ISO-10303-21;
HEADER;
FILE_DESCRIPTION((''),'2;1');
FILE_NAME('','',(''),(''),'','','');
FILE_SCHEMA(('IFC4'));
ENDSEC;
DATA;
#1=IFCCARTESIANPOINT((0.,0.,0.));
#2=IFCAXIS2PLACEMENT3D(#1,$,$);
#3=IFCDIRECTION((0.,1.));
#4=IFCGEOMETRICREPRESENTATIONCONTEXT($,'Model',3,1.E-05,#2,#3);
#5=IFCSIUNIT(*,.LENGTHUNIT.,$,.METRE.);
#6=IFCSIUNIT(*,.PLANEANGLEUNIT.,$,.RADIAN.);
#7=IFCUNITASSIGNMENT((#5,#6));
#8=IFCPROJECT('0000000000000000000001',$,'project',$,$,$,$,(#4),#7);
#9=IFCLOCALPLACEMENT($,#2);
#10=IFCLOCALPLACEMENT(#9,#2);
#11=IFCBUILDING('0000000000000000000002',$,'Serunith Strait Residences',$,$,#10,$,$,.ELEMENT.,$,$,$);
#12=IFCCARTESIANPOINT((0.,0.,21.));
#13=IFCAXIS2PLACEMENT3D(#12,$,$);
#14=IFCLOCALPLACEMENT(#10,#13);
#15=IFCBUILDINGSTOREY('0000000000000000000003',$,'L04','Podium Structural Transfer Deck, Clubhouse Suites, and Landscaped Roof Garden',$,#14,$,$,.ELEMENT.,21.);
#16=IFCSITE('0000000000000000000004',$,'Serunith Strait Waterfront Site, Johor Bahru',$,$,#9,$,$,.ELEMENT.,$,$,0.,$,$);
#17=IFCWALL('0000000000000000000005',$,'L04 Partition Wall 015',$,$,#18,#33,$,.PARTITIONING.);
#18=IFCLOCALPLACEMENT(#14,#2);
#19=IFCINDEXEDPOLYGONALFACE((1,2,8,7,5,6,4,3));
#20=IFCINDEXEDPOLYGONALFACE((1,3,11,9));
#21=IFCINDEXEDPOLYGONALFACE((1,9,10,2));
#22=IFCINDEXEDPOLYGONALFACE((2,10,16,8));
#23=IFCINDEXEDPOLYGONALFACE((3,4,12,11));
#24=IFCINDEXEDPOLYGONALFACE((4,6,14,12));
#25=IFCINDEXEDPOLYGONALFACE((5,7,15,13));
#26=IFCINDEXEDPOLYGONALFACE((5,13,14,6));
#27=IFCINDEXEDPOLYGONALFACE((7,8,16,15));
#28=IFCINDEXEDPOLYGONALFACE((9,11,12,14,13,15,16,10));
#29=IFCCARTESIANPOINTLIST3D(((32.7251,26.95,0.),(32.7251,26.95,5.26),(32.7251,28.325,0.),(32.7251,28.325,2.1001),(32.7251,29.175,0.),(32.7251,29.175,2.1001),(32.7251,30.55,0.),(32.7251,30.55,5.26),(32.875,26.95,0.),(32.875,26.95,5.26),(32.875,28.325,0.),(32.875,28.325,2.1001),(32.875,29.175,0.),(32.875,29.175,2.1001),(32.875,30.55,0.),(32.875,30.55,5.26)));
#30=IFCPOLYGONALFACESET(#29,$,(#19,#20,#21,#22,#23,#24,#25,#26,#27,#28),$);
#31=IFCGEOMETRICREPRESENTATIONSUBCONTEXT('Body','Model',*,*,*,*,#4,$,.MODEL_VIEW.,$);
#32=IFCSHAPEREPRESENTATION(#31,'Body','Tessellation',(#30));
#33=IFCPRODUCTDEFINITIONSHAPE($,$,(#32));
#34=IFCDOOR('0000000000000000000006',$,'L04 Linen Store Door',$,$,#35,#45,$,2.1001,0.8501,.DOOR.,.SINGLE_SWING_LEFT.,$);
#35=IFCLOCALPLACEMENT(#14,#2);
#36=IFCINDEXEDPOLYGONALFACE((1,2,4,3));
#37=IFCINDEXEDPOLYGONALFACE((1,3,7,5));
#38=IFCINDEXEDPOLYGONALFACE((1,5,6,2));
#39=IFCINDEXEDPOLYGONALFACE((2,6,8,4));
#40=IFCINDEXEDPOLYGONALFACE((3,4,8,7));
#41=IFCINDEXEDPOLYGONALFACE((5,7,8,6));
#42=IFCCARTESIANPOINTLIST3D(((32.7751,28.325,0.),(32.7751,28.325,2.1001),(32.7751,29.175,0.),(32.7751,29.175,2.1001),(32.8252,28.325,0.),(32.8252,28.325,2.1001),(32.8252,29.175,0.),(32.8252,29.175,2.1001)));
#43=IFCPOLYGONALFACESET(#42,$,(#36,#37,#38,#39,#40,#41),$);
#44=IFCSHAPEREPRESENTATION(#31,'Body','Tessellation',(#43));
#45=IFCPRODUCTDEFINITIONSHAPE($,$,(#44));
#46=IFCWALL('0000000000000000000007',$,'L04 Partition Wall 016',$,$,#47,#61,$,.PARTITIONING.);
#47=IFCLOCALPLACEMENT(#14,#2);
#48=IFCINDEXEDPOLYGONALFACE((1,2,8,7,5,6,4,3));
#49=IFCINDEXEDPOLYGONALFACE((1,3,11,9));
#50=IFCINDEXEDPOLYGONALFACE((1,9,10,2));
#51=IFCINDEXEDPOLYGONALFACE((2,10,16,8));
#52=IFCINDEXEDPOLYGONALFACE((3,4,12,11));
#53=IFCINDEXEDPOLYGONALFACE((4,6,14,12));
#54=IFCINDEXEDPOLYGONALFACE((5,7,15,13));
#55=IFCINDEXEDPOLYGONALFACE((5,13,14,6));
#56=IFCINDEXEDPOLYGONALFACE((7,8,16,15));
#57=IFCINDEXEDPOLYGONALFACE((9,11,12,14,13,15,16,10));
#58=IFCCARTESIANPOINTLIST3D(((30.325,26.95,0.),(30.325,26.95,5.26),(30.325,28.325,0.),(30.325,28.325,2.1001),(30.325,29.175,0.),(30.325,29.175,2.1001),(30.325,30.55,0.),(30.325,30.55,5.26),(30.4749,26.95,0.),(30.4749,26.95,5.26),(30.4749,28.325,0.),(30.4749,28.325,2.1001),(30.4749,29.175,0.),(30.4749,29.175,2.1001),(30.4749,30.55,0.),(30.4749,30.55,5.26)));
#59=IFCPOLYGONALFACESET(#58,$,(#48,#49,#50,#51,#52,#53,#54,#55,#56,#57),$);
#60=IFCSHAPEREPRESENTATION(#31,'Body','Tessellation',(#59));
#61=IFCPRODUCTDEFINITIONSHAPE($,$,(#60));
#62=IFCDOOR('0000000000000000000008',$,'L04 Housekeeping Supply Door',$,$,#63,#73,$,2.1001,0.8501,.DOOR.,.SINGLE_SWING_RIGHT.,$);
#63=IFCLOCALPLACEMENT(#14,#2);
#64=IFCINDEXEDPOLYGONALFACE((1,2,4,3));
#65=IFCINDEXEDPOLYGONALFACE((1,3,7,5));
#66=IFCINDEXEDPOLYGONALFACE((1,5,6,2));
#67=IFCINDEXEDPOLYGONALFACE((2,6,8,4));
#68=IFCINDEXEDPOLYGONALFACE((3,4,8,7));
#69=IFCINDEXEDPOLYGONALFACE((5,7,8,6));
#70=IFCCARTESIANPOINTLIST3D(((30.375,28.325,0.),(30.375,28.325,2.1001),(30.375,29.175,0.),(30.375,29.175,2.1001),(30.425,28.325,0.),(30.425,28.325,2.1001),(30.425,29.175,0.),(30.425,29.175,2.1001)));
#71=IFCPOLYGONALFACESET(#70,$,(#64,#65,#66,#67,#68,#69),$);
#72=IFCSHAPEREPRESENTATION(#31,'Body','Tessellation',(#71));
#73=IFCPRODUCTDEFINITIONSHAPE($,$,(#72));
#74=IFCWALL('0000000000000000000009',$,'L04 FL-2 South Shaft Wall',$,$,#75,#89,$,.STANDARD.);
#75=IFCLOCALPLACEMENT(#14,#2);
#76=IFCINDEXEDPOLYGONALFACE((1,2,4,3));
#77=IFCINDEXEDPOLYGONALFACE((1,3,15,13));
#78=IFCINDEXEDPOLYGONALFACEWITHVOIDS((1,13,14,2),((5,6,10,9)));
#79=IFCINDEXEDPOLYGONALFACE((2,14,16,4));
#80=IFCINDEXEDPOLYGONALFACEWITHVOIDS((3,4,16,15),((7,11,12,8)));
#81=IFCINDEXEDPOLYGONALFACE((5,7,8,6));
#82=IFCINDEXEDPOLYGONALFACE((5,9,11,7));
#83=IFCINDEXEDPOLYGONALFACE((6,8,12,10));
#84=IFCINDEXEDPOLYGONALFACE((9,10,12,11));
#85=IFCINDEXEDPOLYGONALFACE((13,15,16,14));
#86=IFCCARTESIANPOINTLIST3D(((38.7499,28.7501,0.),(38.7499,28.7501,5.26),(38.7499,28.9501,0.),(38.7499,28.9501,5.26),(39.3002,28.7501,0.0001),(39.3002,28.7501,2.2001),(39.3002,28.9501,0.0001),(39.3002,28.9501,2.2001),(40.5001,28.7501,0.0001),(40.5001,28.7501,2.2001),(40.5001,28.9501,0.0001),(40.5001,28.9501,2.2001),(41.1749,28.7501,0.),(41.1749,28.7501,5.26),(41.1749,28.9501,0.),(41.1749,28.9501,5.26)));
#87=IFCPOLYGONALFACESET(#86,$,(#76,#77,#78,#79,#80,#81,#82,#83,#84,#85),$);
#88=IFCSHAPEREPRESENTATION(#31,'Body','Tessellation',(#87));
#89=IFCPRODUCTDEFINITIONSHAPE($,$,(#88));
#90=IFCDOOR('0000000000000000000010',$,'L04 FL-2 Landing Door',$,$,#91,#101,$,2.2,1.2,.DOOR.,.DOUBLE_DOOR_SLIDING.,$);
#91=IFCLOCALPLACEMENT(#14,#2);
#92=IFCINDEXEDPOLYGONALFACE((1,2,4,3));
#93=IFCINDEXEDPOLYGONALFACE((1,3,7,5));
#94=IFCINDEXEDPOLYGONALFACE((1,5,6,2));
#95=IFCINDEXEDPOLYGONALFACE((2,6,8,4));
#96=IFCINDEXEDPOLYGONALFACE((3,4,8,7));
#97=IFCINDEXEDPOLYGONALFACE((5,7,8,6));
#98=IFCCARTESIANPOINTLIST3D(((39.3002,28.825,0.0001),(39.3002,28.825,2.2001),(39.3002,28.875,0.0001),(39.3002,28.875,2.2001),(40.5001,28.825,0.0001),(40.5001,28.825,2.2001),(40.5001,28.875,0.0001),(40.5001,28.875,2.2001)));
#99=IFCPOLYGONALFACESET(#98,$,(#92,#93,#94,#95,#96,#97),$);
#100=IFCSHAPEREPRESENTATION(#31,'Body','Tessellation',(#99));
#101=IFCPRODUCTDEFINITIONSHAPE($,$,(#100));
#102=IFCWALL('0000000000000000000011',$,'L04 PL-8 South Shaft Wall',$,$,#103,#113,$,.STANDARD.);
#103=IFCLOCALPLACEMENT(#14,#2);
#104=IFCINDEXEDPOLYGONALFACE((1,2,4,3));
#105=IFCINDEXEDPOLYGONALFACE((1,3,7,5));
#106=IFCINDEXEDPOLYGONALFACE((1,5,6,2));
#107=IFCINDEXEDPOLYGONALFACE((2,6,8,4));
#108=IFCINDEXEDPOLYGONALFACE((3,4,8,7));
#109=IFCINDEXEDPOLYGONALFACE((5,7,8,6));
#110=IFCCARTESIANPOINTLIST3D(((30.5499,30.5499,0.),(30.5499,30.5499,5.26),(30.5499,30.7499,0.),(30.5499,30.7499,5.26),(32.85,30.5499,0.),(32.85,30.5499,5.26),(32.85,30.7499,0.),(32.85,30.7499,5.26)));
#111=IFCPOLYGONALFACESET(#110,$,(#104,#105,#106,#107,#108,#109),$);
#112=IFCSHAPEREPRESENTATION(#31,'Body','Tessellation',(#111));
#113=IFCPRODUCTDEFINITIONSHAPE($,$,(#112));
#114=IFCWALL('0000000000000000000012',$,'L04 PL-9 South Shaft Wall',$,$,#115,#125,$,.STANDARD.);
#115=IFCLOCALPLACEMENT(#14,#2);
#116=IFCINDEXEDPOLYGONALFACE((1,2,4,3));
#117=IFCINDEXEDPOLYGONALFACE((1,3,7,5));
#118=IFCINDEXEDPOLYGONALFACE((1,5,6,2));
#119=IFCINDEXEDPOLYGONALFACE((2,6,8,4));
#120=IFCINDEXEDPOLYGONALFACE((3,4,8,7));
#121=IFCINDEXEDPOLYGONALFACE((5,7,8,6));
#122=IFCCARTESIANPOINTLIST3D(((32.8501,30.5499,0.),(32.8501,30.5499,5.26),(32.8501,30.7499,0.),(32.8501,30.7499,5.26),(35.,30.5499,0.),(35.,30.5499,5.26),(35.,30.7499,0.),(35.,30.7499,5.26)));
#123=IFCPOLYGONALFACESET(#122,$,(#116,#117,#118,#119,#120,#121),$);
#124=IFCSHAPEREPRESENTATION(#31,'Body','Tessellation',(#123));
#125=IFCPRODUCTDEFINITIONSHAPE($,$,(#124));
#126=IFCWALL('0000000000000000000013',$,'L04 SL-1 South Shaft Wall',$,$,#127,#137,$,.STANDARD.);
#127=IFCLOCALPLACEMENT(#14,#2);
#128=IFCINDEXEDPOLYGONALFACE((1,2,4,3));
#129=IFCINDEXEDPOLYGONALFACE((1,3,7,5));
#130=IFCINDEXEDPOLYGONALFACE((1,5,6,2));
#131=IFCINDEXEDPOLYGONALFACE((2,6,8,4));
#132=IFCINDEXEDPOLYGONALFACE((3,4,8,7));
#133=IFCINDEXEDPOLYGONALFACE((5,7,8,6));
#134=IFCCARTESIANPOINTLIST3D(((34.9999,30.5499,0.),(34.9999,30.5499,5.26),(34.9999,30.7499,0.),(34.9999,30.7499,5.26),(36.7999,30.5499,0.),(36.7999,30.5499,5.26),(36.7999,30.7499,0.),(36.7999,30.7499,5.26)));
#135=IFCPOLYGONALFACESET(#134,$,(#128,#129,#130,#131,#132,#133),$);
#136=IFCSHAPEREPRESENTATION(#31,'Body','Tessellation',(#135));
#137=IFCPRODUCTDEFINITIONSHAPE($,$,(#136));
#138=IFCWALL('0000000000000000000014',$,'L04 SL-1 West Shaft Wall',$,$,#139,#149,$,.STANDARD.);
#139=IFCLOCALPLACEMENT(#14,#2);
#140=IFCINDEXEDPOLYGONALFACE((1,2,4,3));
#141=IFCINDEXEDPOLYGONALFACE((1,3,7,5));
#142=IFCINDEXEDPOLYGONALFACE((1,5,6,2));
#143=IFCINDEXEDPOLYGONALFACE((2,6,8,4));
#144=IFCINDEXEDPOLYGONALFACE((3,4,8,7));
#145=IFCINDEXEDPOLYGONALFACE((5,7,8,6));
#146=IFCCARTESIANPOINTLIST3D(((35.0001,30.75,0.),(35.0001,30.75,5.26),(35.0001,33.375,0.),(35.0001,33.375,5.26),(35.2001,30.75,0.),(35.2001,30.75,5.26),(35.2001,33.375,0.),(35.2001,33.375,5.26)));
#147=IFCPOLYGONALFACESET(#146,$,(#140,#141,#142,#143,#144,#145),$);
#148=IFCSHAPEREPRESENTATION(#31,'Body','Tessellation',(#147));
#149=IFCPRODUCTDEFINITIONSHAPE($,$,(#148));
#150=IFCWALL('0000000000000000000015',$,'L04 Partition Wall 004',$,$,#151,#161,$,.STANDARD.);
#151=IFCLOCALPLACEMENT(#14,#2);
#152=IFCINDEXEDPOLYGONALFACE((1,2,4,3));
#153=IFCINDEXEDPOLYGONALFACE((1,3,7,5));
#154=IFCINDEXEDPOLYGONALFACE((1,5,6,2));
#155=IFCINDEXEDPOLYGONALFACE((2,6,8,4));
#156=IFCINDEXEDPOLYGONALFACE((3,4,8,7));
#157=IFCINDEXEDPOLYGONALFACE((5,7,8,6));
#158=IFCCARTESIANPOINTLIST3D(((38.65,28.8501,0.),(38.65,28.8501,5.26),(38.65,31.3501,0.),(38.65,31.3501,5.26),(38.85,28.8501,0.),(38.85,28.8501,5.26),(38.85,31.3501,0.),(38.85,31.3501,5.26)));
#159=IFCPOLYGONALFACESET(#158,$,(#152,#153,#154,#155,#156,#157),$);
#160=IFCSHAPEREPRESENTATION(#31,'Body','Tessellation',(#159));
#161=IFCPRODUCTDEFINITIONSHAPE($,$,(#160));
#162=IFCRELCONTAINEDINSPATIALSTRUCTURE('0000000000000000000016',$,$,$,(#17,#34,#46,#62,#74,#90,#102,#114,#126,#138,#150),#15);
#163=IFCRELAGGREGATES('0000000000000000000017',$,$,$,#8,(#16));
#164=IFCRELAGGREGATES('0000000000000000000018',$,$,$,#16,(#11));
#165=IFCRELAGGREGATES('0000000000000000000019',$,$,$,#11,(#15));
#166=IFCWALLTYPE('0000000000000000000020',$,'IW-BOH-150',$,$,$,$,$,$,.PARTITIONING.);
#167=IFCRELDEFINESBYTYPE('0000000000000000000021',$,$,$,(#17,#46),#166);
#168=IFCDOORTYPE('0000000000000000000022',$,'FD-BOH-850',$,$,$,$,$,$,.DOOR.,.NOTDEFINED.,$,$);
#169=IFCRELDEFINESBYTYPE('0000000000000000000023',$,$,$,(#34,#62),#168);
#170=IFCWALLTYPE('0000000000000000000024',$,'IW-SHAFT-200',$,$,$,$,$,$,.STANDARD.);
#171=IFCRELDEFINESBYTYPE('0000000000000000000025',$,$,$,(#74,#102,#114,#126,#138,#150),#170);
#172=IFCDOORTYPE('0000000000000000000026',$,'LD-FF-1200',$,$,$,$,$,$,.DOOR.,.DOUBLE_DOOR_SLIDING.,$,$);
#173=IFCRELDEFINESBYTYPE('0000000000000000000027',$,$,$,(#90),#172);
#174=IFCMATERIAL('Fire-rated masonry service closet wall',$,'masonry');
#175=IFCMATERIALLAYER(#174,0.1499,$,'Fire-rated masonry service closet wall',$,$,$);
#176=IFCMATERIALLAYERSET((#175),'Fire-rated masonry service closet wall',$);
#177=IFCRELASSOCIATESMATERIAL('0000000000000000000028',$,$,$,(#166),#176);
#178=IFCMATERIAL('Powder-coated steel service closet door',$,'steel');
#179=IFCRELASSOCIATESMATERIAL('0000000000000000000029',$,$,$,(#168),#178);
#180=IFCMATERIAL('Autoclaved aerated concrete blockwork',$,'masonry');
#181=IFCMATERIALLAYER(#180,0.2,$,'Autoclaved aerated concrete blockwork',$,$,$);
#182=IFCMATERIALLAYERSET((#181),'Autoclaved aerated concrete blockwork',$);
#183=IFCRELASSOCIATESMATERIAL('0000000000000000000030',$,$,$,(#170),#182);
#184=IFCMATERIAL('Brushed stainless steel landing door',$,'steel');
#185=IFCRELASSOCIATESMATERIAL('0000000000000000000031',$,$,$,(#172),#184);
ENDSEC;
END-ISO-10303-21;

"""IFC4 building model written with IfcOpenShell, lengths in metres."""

from ifc_helpers import new_model, si_unit, direction, frame, frame_2d, origin, place, context, subcontext, project, spatial, rectangle, extrude, source, transform, mapped, material, layer, layer_set, type_object, element, fill, save


model = new_model("IFC4")

# Units and contexts
model_context = context("Model", 3, precision=1e-05, world=origin(), true_north=direction((0.0, 1.0)))
body_context = subcontext(model_context, "Body", "Model", "MODEL_VIEW")
ifc_project = project(units=[si_unit("LENGTHUNIT", "METRE"), si_unit("PLANEANGLEUNIT", "RADIAN")], contexts=[model_context])

# Site, building, storey
site_placement = place(None, origin())
site = spatial("IfcSite", under=ifc_project, at=site_placement, Name="Serunith Strait Waterfront Site, Johor Bahru", CompositionType="ELEMENT", RefElevation=0.0)
building_placement = place(site_placement, origin())
building = spatial("IfcBuilding", under=site, at=building_placement, Name="Serunith Strait Residences", CompositionType="ELEMENT")
storey_placement = place(building_placement, frame((0.0, 0.0, 21.0)))
storey = spatial("IfcBuildingStorey", under=building, at=storey_placement, Name="L04", Description="Podium Structural Transfer Deck, Clubhouse Suites, and Landscaped Roof Garden", CompositionType="ELEMENT", Elevation=21.0)

# Walls, openings, doors
ifc_material_1 = material(Name="Fire-rated masonry service closet wall", Category="masonry")
ifc_layer_1 = layer(ifc_material_1, 0.1499, Name="Fire-rated masonry service closet wall")
ifc_layer_set_1 = layer_set([ifc_layer_1], Name="Fire-rated masonry service closet wall")
wall_type_1 = type_object("IfcWallType", Name="IW-BOH-150", PredefinedType="PARTITIONING", material=ifc_layer_set_1)
wall_1_placement = place(storey_placement, frame((32.8, 26.95, 0.0), z_axis=(0.0, 0.0, 1.0), x_axis=(0.0, 1.0, 0.0)))
wall_1 = element("IfcWall", 1, at=wall_1_placement, inside=storey, type_object=wall_type_1, Name="L04 Partition Wall 015", PredefinedType="PARTITIONING", context=body_context, shape_type="SweptSolid", body=[
    extrude(rectangle(XDim=3.6001, YDim=0.1499, at=frame_2d((1.8, 0.0))), origin(), (0.0, 0.0, 1.0), 5.26),
])
opening_1_placement = place(wall_1_placement, frame((1.375, 0.0, 0.0)))
opening_1 = element("IfcOpeningElement", 2, at=opening_1_placement, cuts=wall_1, PredefinedType="OPENING", context=body_context, shape_type="SweptSolid", body=[
    extrude(rectangle(XDim=0.8501, YDim=2.1001, at=frame_2d((0.425, 1.05))), frame((0.0, 0.085, 0.0), z_axis=(0.0, -1.0, 0.0), x_axis=(1.0, 0.0, 0.0)), (0.0, 0.0, 1.0), 0.1699),
])
ifc_material_2 = material(Name="Powder-coated steel service closet door", Category="steel")
door_type_1 = type_object("IfcDoorType", Name="FD-BOH-850", OperationType="NOTDEFINED", PredefinedType="DOOR", material=ifc_material_2)
shared_shape_1 = source(origin(), body_context, "Body", "SweptSolid", [
    extrude(rectangle(XDim=0.8501, YDim=2.1001, at=frame_2d((0.425, 1.05))), frame((0.0, 0.0249, 0.0), z_axis=(0.0, -1.0, 0.0), x_axis=(1.0, 0.0, 0.0)), (0.0, 0.0, 1.0), 0.05),
])
door_1_placement = place(opening_1_placement, origin())
door_1 = element("IfcDoor", 3, at=door_1_placement, inside=storey, type_object=door_type_1, Name="L04 Linen Store Door", OperationType="SINGLE_SWING_LEFT", OverallHeight=2.1001, OverallWidth=0.8501, PredefinedType="DOOR", context=body_context, shape_type="MappedRepresentation", body=[
    mapped(shared_shape_1, transform((0.0, 0.0, 0.0), scale=1.0)),
])
fill(opening_1, door_1)
wall_2_placement = place(storey_placement, frame((30.3999, 26.95, 0.0), z_axis=(0.0, 0.0, 1.0), x_axis=(0.0, 1.0, 0.0)))
wall_2 = element("IfcWall", 4, at=wall_2_placement, inside=storey, type_object=wall_type_1, Name="L04 Partition Wall 016", PredefinedType="PARTITIONING", context=body_context, shape_type="SweptSolid", body=[
    extrude(rectangle(XDim=3.6001, YDim=0.1499, at=frame_2d((1.8, 0.0))), origin(), (0.0, 0.0, 1.0), 5.26),
])
opening_2_placement = place(wall_2_placement, frame((1.375, 0.0, 0.0)))
opening_2 = element("IfcOpeningElement", 5, at=opening_2_placement, cuts=wall_2, PredefinedType="OPENING", context=body_context, shape_type="SweptSolid", body=[
    extrude(rectangle(XDim=0.8501, YDim=2.1001, at=frame_2d((0.425, 1.05))), frame((0.0, 0.085, 0.0), z_axis=(0.0, -1.0, 0.0), x_axis=(1.0, 0.0, 0.0)), (0.0, 0.0, 1.0), 0.1699),
])
door_2_placement = place(opening_2_placement, origin())
door_2 = element("IfcDoor", 6, at=door_2_placement, inside=storey, type_object=door_type_1, Name="L04 Housekeeping Supply Door", OperationType="SINGLE_SWING_RIGHT", OverallHeight=2.1001, OverallWidth=0.8501, PredefinedType="DOOR", context=body_context, shape_type="MappedRepresentation", body=[
    mapped(shared_shape_1, transform((0.0, 0.0, 0.0), scale=1.0)),
])
fill(opening_2, door_2)
ifc_material_3 = material(Name="Autoclaved aerated concrete blockwork", Category="masonry")
ifc_layer_2 = layer(ifc_material_3, 0.2, Name="Autoclaved aerated concrete blockwork")
ifc_layer_set_2 = layer_set([ifc_layer_2], Name="Autoclaved aerated concrete blockwork")
wall_type_2 = type_object("IfcWallType", Name="IW-SHAFT-200", PredefinedType="STANDARD", material=ifc_layer_set_2)
wall_3_placement = place(storey_placement, frame((38.75, 28.8501, 0.0), z_axis=(0.0, 0.0, 1.0), x_axis=(1.0, 0.0, 0.0)))
wall_3 = element("IfcWall", 7, at=wall_3_placement, inside=storey, type_object=wall_type_2, Name="L04 FL-2 South Shaft Wall", PredefinedType="STANDARD", context=body_context, shape_type="SweptSolid", body=[
    extrude(rectangle(XDim=2.425, YDim=0.2, at=frame_2d((1.2124, 0.0))), origin(), (0.0, 0.0, 1.0), 5.26),
])
opening_3_placement = place(wall_3_placement, frame((0.55, 0.0, 0.0)))
opening_3 = element("IfcOpeningElement", 8, at=opening_3_placement, cuts=wall_3, PredefinedType="OPENING", context=body_context, shape_type="SweptSolid", body=[
    extrude(rectangle(XDim=1.2, YDim=2.2, at=frame_2d((0.6001, 1.1001))), frame((0.0, 0.1099, 0.0), z_axis=(0.0, -1.0, 0.0), x_axis=(1.0, 0.0, 0.0)), (0.0, 0.0, 1.0), 0.22),
])
ifc_material_4 = material(Name="Brushed stainless steel landing door", Category="steel")
door_type_2 = type_object("IfcDoorType", Name="LD-FF-1200", OperationType="DOUBLE_DOOR_SLIDING", PredefinedType="DOOR", material=ifc_material_4)
shared_shape_2 = source(origin(), body_context, "Body", "SweptSolid", [
    extrude(rectangle(XDim=1.2, YDim=2.2, at=frame_2d((0.6001, 1.1001))), frame((0.0, 0.0249, 0.0), z_axis=(0.0, -1.0, 0.0), x_axis=(1.0, 0.0, 0.0)), (0.0, 0.0, 1.0), 0.05),
])
door_3_placement = place(opening_3_placement, origin())
door_3 = element("IfcDoor", 9, at=door_3_placement, inside=storey, type_object=door_type_2, Name="L04 FL-2 Landing Door", OperationType="DOUBLE_DOOR_SLIDING", OverallHeight=2.2, OverallWidth=1.2, PredefinedType="DOOR", context=body_context, shape_type="MappedRepresentation", body=[
    mapped(shared_shape_2, transform((0.0, 0.0, 0.0), scale=1.0)),
])
fill(opening_3, door_3)

# Walls
wall_4_placement = place(storey_placement, frame((30.55, 30.6499, 0.0), z_axis=(0.0, 0.0, 1.0), x_axis=(1.0, 0.0, 0.0)))
element("IfcWall", 10, at=wall_4_placement, inside=storey, type_object=wall_type_2, Name="L04 PL-8 South Shaft Wall", PredefinedType="STANDARD", context=body_context, shape_type="SweptSolid", body=[
    extrude(rectangle(XDim=2.3, YDim=0.2, at=frame_2d((1.1499, 0.0))), origin(), (0.0, 0.0, 1.0), 5.26),
])
wall_5_placement = place(storey_placement, frame((32.8501, 30.6499, 0.0), z_axis=(0.0, 0.0, 1.0), x_axis=(1.0, 0.0, 0.0)))
element("IfcWall", 11, at=wall_5_placement, inside=storey, type_object=wall_type_2, Name="L04 PL-9 South Shaft Wall", PredefinedType="STANDARD", context=body_context, shape_type="SweptSolid", body=[
    extrude(rectangle(XDim=2.1499, YDim=0.2, at=frame_2d((1.075, 0.0))), origin(), (0.0, 0.0, 1.0), 5.26),
])
wall_6_placement = place(storey_placement, frame((35.0, 30.6499, 0.0), z_axis=(0.0, 0.0, 1.0), x_axis=(1.0, 0.0, 0.0)))
element("IfcWall", 12, at=wall_6_placement, inside=storey, type_object=wall_type_2, Name="L04 SL-1 South Shaft Wall", PredefinedType="STANDARD", context=body_context, shape_type="SweptSolid", body=[
    extrude(rectangle(XDim=1.8, YDim=0.2, at=frame_2d((0.8999, 0.0))), origin(), (0.0, 0.0, 1.0), 5.26),
])
wall_7_placement = place(storey_placement, frame((35.1001, 30.75, 0.0), z_axis=(0.0, 0.0, 1.0), x_axis=(0.0, 1.0, 0.0)))
element("IfcWall", 13, at=wall_7_placement, inside=storey, type_object=wall_type_2, Name="L04 SL-1 West Shaft Wall", PredefinedType="STANDARD", context=body_context, shape_type="SweptSolid", body=[
    extrude(rectangle(XDim=2.625, YDim=0.2, at=frame_2d((1.3125, 0.0))), origin(), (0.0, 0.0, 1.0), 5.26),
])
wall_8_placement = place(storey_placement, frame((38.75, 28.8501, 0.0), z_axis=(0.0, 0.0, 1.0), x_axis=(0.0, 1.0, 0.0)))
element("IfcWall", 14, at=wall_8_placement, inside=storey, type_object=wall_type_2, Name="L04 Partition Wall 004", PredefinedType="STANDARD", context=body_context, shape_type="SweptSolid", body=[
    extrude(rectangle(XDim=2.5, YDim=0.2, at=frame_2d((1.25, 0.0))), origin(), (0.0, 0.0, 1.0), 5.26),
])

save(model, "model.ifc")
